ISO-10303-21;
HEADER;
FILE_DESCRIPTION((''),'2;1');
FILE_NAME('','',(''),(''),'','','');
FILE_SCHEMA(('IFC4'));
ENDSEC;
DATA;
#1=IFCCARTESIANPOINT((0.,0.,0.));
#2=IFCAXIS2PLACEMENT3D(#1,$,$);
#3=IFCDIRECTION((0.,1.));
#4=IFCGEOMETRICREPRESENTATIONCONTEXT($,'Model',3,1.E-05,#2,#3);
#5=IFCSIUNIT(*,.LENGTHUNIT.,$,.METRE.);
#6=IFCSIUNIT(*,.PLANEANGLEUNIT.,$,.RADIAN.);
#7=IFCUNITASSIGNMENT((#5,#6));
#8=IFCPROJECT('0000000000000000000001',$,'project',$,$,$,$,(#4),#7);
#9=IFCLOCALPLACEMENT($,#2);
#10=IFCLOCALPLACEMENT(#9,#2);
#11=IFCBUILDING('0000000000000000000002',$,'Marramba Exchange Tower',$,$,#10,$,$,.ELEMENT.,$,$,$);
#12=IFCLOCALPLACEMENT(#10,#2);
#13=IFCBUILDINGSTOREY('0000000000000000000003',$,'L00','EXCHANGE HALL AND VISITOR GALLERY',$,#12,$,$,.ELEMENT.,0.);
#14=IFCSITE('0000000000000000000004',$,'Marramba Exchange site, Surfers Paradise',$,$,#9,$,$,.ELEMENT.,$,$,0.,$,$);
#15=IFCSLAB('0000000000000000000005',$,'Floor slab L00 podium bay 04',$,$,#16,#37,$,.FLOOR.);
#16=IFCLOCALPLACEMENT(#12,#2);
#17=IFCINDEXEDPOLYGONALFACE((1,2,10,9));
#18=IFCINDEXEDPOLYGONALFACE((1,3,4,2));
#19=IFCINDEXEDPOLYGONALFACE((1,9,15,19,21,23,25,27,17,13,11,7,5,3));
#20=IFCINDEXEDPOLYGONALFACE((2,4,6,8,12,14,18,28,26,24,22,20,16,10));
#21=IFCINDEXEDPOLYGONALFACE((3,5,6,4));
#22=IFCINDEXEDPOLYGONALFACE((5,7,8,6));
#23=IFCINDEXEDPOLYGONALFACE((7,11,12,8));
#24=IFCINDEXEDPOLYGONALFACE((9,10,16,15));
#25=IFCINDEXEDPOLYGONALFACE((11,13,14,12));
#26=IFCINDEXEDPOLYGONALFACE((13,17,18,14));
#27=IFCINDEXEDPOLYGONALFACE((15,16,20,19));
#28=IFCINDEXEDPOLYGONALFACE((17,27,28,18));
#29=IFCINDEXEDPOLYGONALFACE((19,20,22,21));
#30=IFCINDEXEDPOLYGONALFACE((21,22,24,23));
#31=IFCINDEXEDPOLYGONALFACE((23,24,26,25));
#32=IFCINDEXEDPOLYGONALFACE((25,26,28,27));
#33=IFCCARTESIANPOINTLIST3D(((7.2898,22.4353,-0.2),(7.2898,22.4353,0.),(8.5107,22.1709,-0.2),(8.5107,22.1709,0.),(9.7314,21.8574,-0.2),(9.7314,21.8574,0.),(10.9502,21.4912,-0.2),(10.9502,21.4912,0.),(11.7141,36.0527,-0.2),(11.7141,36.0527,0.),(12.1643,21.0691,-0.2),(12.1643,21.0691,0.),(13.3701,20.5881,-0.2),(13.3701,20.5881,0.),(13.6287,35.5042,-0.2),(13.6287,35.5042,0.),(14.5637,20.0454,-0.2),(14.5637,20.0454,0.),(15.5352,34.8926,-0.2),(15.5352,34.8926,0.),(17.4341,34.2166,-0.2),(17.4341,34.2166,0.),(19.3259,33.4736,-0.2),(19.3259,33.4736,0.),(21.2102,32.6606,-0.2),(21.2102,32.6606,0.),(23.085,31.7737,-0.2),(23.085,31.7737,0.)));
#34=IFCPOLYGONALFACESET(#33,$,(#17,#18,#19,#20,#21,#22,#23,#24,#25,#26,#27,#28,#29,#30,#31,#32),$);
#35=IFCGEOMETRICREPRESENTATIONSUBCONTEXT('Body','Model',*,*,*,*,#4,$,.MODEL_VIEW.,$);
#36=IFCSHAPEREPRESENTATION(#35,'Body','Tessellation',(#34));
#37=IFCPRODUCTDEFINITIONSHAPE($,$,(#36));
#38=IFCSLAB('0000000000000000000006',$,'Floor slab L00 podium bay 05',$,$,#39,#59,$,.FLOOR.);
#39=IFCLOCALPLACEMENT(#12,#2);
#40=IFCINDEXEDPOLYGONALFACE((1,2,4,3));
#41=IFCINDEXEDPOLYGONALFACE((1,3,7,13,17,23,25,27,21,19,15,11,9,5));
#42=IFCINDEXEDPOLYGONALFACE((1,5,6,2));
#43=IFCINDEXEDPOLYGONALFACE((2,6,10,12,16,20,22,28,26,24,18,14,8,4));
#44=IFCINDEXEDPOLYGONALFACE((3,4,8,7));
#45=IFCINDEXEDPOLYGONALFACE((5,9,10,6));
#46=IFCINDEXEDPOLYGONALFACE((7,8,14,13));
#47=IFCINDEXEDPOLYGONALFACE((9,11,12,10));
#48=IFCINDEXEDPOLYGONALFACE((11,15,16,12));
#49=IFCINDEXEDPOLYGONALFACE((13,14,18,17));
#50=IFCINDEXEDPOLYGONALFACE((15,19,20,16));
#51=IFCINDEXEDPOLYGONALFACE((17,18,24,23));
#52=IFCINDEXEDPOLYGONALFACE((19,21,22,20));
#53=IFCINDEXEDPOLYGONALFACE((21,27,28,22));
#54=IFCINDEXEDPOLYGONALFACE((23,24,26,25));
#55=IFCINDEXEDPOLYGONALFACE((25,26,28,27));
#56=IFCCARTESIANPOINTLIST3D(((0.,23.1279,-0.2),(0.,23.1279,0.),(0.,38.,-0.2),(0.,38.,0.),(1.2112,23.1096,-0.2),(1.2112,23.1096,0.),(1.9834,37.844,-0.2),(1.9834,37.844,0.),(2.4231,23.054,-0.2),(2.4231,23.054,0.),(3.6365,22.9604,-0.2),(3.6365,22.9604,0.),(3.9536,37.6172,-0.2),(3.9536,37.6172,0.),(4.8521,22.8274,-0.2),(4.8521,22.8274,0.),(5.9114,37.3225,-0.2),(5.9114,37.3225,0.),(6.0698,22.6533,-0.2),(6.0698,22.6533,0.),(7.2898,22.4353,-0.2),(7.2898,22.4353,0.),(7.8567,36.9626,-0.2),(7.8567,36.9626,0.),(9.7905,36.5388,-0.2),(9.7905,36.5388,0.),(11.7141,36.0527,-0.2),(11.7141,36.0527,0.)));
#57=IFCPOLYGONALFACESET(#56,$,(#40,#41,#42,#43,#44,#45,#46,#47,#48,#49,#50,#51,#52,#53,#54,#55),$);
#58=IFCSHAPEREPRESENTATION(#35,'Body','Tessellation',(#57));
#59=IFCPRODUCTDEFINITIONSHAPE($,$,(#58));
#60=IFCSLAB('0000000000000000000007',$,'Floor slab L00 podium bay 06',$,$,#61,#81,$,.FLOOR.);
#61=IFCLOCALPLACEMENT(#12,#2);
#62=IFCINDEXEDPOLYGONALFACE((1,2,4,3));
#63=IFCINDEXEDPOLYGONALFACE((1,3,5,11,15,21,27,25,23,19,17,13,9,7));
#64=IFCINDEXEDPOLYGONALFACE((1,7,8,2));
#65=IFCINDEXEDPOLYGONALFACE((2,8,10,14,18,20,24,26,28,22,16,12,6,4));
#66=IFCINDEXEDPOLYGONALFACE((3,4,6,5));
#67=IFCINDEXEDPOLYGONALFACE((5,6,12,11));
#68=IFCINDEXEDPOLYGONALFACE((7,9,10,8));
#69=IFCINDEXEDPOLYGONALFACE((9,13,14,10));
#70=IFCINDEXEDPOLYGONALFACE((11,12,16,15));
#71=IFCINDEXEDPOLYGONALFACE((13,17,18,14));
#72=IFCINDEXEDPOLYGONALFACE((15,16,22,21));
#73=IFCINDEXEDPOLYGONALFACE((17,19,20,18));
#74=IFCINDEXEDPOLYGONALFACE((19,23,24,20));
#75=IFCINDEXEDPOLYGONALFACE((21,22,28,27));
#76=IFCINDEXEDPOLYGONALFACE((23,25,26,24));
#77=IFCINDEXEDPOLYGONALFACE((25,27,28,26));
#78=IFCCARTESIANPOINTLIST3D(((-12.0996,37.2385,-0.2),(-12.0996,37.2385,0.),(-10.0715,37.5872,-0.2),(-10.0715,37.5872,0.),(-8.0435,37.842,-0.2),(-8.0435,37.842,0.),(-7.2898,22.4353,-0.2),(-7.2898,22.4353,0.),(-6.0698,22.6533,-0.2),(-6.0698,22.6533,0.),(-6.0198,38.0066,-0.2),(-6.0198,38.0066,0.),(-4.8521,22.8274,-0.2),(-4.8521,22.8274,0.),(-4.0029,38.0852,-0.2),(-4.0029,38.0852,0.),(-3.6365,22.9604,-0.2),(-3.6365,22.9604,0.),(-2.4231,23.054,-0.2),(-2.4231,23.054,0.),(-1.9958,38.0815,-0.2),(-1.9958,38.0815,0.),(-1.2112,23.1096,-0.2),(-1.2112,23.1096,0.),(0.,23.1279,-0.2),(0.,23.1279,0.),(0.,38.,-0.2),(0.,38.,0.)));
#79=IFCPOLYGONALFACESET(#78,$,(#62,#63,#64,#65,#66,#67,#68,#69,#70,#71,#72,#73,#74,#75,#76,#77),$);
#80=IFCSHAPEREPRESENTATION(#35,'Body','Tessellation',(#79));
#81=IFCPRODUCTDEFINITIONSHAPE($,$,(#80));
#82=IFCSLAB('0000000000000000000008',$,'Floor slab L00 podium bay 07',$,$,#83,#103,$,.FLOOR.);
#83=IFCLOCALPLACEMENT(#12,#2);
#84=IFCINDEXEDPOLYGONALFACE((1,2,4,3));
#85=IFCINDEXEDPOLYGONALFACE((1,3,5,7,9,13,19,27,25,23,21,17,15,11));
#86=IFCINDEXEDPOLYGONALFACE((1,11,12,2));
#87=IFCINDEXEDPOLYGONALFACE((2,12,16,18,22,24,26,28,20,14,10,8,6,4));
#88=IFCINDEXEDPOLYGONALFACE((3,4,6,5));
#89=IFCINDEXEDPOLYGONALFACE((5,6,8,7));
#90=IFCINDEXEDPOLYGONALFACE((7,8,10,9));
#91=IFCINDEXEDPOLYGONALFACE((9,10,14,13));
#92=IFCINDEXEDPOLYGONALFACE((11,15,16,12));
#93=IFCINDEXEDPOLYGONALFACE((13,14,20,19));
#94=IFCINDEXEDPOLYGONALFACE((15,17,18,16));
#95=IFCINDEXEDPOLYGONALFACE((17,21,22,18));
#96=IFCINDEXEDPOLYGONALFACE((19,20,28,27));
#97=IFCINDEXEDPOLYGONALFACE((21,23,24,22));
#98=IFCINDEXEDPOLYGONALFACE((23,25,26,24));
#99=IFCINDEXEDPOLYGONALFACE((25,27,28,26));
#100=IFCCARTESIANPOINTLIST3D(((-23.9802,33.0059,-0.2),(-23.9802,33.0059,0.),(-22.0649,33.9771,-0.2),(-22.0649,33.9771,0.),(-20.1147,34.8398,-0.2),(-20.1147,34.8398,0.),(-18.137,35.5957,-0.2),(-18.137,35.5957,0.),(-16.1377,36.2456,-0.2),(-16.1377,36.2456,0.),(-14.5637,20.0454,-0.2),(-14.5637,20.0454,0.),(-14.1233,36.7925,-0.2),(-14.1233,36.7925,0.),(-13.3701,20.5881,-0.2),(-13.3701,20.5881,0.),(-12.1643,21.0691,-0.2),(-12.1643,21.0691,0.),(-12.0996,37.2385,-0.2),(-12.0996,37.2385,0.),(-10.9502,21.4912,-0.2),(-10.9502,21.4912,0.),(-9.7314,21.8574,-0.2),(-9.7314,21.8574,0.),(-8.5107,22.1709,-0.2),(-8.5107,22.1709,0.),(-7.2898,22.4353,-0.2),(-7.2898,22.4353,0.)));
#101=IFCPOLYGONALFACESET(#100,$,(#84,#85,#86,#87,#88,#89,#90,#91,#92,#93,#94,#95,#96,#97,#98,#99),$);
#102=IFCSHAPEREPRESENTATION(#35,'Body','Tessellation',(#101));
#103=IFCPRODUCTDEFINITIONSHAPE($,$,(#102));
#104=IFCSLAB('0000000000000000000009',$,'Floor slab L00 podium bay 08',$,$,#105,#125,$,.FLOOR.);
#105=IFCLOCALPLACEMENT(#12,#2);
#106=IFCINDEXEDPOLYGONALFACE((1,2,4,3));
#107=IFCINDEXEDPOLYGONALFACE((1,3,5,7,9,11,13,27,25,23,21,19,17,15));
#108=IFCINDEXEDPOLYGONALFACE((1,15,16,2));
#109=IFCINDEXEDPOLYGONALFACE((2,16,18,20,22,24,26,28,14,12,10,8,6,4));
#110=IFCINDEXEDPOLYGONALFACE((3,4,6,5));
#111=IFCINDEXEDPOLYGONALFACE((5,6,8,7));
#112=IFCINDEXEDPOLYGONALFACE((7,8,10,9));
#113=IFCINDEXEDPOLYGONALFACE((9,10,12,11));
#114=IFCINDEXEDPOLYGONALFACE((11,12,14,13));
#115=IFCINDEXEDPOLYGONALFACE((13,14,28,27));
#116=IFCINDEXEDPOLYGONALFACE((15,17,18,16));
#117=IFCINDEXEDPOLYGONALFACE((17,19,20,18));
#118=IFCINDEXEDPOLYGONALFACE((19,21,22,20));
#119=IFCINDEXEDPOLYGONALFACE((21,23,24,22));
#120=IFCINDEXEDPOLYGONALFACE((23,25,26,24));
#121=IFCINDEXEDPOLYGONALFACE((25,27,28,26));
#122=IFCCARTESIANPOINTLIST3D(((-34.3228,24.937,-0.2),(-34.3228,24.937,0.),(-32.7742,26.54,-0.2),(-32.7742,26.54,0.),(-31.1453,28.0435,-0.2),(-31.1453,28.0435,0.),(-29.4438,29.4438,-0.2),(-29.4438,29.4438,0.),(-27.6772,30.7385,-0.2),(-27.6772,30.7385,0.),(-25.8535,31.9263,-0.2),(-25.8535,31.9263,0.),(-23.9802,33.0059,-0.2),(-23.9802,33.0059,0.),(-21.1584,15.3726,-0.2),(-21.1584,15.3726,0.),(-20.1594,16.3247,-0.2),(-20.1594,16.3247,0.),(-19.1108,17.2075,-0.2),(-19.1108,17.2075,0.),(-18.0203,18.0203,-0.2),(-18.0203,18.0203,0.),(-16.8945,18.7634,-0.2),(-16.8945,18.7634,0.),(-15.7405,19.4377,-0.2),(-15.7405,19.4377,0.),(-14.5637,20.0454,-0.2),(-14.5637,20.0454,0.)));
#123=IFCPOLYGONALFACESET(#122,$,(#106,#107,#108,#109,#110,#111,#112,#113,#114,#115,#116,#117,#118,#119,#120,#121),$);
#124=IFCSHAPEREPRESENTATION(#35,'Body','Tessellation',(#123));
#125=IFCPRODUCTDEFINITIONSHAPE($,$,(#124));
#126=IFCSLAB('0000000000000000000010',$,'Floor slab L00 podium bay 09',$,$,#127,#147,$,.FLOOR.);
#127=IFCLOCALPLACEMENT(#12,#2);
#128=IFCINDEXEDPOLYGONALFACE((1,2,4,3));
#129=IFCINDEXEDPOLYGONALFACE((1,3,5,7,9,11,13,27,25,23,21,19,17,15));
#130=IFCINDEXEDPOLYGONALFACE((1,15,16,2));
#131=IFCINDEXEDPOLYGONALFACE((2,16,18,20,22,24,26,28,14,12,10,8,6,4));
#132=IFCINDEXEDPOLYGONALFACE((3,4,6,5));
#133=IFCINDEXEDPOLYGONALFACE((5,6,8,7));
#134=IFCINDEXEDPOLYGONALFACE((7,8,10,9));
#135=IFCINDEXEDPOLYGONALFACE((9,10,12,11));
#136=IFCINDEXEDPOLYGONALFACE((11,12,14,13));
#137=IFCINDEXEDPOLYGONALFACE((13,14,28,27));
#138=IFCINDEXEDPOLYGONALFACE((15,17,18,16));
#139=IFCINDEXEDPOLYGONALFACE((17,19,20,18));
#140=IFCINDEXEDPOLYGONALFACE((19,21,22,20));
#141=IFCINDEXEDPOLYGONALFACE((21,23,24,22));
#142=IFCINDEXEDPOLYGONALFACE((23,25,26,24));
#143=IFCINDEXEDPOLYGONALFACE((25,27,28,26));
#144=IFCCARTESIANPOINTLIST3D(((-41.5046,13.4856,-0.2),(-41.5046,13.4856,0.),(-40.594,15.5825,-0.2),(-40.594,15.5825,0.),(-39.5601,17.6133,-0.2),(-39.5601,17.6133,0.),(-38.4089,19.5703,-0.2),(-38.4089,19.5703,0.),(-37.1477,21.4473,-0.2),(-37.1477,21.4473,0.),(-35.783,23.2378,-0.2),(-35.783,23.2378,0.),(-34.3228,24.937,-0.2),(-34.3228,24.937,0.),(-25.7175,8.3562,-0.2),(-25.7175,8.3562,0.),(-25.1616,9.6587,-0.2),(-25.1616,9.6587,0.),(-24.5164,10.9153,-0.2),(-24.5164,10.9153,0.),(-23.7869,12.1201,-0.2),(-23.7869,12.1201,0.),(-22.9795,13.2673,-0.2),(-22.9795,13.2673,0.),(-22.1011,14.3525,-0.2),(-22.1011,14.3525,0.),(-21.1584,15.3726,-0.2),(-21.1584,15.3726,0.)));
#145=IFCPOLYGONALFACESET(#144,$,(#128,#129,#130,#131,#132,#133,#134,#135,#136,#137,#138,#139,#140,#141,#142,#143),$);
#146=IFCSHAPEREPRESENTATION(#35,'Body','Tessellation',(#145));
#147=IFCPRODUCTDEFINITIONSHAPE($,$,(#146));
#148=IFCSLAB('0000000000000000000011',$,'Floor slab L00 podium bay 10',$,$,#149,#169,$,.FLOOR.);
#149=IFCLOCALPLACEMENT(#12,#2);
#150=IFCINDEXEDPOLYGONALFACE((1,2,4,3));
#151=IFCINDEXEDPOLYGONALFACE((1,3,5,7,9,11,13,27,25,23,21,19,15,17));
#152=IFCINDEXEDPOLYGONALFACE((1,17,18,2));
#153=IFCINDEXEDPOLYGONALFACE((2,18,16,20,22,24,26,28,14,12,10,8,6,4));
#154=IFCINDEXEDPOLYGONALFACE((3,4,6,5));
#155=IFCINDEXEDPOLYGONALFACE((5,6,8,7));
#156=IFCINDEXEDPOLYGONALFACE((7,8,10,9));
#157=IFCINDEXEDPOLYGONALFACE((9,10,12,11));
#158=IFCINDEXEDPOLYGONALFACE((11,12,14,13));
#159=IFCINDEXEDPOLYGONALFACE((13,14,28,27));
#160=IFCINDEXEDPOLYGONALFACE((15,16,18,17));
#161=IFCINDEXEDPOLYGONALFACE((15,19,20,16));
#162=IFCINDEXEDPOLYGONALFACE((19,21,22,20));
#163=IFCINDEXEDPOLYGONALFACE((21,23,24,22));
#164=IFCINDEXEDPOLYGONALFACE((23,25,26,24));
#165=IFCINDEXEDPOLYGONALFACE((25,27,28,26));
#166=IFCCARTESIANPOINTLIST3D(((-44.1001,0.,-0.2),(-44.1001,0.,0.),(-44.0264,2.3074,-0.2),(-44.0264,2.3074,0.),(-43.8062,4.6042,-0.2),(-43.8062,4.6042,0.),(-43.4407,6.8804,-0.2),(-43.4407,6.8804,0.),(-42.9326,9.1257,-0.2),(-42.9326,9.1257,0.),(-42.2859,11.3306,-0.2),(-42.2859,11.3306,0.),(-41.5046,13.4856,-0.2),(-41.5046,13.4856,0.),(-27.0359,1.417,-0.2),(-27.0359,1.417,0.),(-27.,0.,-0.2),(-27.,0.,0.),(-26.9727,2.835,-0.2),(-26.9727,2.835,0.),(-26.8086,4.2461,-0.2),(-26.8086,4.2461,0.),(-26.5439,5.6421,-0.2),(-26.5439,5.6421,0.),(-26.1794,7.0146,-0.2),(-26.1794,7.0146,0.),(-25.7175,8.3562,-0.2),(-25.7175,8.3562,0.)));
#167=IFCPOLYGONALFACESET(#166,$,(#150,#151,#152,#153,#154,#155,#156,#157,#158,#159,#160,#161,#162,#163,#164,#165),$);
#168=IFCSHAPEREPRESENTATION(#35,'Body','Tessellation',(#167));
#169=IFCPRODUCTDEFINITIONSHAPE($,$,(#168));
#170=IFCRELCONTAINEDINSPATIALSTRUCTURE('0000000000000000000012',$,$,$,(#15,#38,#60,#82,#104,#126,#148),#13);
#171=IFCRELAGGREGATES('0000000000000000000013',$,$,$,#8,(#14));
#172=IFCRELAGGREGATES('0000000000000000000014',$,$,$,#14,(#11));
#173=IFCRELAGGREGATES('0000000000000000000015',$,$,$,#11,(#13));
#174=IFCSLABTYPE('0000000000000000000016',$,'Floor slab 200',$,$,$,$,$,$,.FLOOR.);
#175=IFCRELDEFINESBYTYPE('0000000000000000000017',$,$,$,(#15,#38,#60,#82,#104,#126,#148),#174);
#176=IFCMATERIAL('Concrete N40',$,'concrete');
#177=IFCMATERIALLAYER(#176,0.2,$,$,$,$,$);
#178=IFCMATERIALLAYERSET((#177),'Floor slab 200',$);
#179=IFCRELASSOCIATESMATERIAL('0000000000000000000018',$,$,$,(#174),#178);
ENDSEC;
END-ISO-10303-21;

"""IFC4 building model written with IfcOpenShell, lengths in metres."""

from ifc_helpers import new_model, si_unit, direction, frame, origin, place, context, subcontext, project, spatial, polyline, outline, extrude, material, layer, layer_set, type_object, element, save


model = new_model("IFC4")

# Units and contexts
model_context = context("Model", 3, precision=1e-05, world=origin(), true_north=direction((0.0, 1.0)))
body_context = subcontext(model_context, "Body", "Model", "MODEL_VIEW")
ifc_project = project(units=[si_unit("LENGTHUNIT", "METRE"), si_unit("PLANEANGLEUNIT", "RADIAN")], contexts=[model_context])

# Site, building, storey
site_placement = place(None, origin())
site = spatial("IfcSite", under=ifc_project, at=site_placement, Name="Marramba Exchange site, Surfers Paradise", CompositionType="ELEMENT", RefElevation=0.0)
building_placement = place(site_placement, origin())
building = spatial("IfcBuilding", under=site, at=building_placement, Name="Marramba Exchange Tower", CompositionType="ELEMENT")
storey_placement = place(building_placement, origin())
storey = spatial("IfcBuildingStorey", under=building, at=storey_placement, Name="L00", Description="EXCHANGE HALL AND VISITOR GALLERY", CompositionType="ELEMENT", Elevation=0.0)

# Slabs
ifc_material_1 = material(Name="Concrete N40", Category="concrete")
ifc_layer_1 = layer(ifc_material_1, 0.2)
ifc_layer_set_1 = layer_set([ifc_layer_1], Name="Floor slab 200")
slab_type_1 = type_object("IfcSlabType", Name="Floor slab 200", PredefinedType="FLOOR", material=ifc_layer_set_1)
slab_1_placement = place(storey_placement, frame((0.0, 0.0, -0.2)))
element("IfcSlab", 1, at=slab_1_placement, inside=storey, type_object=slab_type_1, Name="Floor slab L00 podium bay 04", PredefinedType="FLOOR", context=body_context, shape_type="SweptSolid", body=[
    extrude(outline(polyline([(13.6287, 35.5042), (15.5352, 34.8926), (17.4341, 34.2166), (19.3259, 33.4736), (21.2102, 32.6606), (23.085, 31.7737), (14.5637, 20.0454), (13.3701, 20.5881), (12.1643, 21.0691), (10.9502, 21.4912), (9.7314, 21.8574), (8.5107, 22.1709), (7.2898, 22.4353), (11.7141, 36.0527), (13.6287, 35.5042)])), origin(), (0.0, 0.0, 1.0), 0.2),
])
slab_2_placement = place(storey_placement, frame((0.0, 0.0, -0.2)))
element("IfcSlab", 2, at=slab_2_placement, inside=storey, type_object=slab_type_1, Name="Floor slab L00 podium bay 05", PredefinedType="FLOOR", context=body_context, shape_type="SweptSolid", body=[
    extrude(outline(polyline([(1.9834, 37.844), (3.9536, 37.6172), (5.9114, 37.3225), (7.8567, 36.9626), (9.7905, 36.5388), (11.7141, 36.0527), (7.2898, 22.4353), (6.0698, 22.6533), (4.8521, 22.8274), (3.6365, 22.9604), (2.4231, 23.054), (1.2112, 23.1096), (0.0, 23.1279), (0.0, 38.0), (1.9834, 37.844)])), origin(), (0.0, 0.0, 1.0), 0.2),
])
slab_3_placement = place(storey_placement, frame((0.0, 0.0, -0.2)))
element("IfcSlab", 3, at=slab_3_placement, inside=storey, type_object=slab_type_1, Name="Floor slab L00 podium bay 06", PredefinedType="FLOOR", context=body_context, shape_type="SweptSolid", body=[
    extrude(outline(polyline([(-12.0996, 37.2385), (-10.0715, 37.5872), (-8.0435, 37.842), (-6.0198, 38.0066), (-4.0029, 38.0852), (-1.9958, 38.0815), (0.0, 38.0), (0.0, 23.1279), (-1.2112, 23.1096), (-2.4231, 23.054), (-3.6365, 22.9604), (-4.8521, 22.8274), (-6.0698, 22.6533), (-7.2898, 22.4353), (-12.0996, 37.2385)])), origin(), (0.0, 0.0, 1.0), 0.2),
])
slab_4_placement = place(storey_placement, frame((0.0, 0.0, -0.2)))
element("IfcSlab", 4, at=slab_4_placement, inside=storey, type_object=slab_type_1, Name="Floor slab L00 podium bay 07", PredefinedType="FLOOR", context=body_context, shape_type="SweptSolid", body=[
    extrude(outline(polyline([(-22.0649, 33.9771), (-20.1147, 34.8398), (-18.137, 35.5957), (-16.1377, 36.2456), (-14.1233, 36.7925), (-12.0996, 37.2385), (-7.2898, 22.4353), (-8.5107, 22.1709), (-9.7314, 21.8574), (-10.9502, 21.4912), (-12.1643, 21.0691), (-13.3701, 20.5881), (-14.5637, 20.0454), (-23.9802, 33.0059), (-22.0649, 33.9771)])), origin(), (0.0, 0.0, 1.0), 0.2),
])
slab_5_placement = place(storey_placement, frame((0.0, 0.0, -0.2)))
element("IfcSlab", 5, at=slab_5_placement, inside=storey, type_object=slab_type_1, Name="Floor slab L00 podium bay 08", PredefinedType="FLOOR", context=body_context, shape_type="SweptSolid", body=[
    extrude(outline(polyline([(-34.3228, 24.937), (-32.7742, 26.54), (-31.1453, 28.0435), (-29.4438, 29.4438), (-27.6772, 30.7385), (-25.8535, 31.9263), (-23.9802, 33.0059), (-14.5637, 20.0454), (-15.7405, 19.4377), (-16.8945, 18.7634), (-18.0203, 18.0203), (-19.1108, 17.2075), (-20.1594, 16.3247), (-21.1584, 15.3726), (-34.3228, 24.937)])), origin(), (0.0, 0.0, 1.0), 0.2),
])
slab_6_placement = place(storey_placement, frame((0.0, 0.0, -0.2)))
element("IfcSlab", 6, at=slab_6_placement, inside=storey, type_object=slab_type_1, Name="Floor slab L00 podium bay 09", PredefinedType="FLOOR", context=body_context, shape_type="SweptSolid", body=[
    extrude(outline(polyline([(-41.5046, 13.4856), (-40.594, 15.5825), (-39.5601, 17.6133), (-38.4089, 19.5703), (-37.1477, 21.4473), (-35.783, 23.2378), (-34.3228, 24.937), (-21.1584, 15.3726), (-22.1011, 14.3525), (-22.9795, 13.2673), (-23.7869, 12.1201), (-24.5164, 10.9153), (-25.1616, 9.6587), (-25.7175, 8.3562), (-41.5046, 13.4856)])), origin(), (0.0, 0.0, 1.0), 0.2),
])
slab_7_placement = place(storey_placement, frame((0.0, 0.0, -0.2)))
element("IfcSlab", 7, at=slab_7_placement, inside=storey, type_object=slab_type_1, Name="Floor slab L00 podium bay 10", PredefinedType="FLOOR", context=body_context, shape_type="SweptSolid", body=[
    extrude(outline(polyline([(-44.0264, 2.3074), (-43.8062, 4.6042), (-43.4407, 6.8804), (-42.9326, 9.1257), (-42.2859, 11.3306), (-41.5046, 13.4856), (-25.7175, 8.3562), (-26.1794, 7.0146), (-26.5439, 5.6421), (-26.8086, 4.2461), (-26.9727, 2.835), (-27.0359, 1.417), (-27.0, 0.0), (-44.1001, 0.0), (-44.0264, 2.3074)])), origin(), (0.0, 0.0, 1.0), 0.2),
])

save(model, "model.ifc")
